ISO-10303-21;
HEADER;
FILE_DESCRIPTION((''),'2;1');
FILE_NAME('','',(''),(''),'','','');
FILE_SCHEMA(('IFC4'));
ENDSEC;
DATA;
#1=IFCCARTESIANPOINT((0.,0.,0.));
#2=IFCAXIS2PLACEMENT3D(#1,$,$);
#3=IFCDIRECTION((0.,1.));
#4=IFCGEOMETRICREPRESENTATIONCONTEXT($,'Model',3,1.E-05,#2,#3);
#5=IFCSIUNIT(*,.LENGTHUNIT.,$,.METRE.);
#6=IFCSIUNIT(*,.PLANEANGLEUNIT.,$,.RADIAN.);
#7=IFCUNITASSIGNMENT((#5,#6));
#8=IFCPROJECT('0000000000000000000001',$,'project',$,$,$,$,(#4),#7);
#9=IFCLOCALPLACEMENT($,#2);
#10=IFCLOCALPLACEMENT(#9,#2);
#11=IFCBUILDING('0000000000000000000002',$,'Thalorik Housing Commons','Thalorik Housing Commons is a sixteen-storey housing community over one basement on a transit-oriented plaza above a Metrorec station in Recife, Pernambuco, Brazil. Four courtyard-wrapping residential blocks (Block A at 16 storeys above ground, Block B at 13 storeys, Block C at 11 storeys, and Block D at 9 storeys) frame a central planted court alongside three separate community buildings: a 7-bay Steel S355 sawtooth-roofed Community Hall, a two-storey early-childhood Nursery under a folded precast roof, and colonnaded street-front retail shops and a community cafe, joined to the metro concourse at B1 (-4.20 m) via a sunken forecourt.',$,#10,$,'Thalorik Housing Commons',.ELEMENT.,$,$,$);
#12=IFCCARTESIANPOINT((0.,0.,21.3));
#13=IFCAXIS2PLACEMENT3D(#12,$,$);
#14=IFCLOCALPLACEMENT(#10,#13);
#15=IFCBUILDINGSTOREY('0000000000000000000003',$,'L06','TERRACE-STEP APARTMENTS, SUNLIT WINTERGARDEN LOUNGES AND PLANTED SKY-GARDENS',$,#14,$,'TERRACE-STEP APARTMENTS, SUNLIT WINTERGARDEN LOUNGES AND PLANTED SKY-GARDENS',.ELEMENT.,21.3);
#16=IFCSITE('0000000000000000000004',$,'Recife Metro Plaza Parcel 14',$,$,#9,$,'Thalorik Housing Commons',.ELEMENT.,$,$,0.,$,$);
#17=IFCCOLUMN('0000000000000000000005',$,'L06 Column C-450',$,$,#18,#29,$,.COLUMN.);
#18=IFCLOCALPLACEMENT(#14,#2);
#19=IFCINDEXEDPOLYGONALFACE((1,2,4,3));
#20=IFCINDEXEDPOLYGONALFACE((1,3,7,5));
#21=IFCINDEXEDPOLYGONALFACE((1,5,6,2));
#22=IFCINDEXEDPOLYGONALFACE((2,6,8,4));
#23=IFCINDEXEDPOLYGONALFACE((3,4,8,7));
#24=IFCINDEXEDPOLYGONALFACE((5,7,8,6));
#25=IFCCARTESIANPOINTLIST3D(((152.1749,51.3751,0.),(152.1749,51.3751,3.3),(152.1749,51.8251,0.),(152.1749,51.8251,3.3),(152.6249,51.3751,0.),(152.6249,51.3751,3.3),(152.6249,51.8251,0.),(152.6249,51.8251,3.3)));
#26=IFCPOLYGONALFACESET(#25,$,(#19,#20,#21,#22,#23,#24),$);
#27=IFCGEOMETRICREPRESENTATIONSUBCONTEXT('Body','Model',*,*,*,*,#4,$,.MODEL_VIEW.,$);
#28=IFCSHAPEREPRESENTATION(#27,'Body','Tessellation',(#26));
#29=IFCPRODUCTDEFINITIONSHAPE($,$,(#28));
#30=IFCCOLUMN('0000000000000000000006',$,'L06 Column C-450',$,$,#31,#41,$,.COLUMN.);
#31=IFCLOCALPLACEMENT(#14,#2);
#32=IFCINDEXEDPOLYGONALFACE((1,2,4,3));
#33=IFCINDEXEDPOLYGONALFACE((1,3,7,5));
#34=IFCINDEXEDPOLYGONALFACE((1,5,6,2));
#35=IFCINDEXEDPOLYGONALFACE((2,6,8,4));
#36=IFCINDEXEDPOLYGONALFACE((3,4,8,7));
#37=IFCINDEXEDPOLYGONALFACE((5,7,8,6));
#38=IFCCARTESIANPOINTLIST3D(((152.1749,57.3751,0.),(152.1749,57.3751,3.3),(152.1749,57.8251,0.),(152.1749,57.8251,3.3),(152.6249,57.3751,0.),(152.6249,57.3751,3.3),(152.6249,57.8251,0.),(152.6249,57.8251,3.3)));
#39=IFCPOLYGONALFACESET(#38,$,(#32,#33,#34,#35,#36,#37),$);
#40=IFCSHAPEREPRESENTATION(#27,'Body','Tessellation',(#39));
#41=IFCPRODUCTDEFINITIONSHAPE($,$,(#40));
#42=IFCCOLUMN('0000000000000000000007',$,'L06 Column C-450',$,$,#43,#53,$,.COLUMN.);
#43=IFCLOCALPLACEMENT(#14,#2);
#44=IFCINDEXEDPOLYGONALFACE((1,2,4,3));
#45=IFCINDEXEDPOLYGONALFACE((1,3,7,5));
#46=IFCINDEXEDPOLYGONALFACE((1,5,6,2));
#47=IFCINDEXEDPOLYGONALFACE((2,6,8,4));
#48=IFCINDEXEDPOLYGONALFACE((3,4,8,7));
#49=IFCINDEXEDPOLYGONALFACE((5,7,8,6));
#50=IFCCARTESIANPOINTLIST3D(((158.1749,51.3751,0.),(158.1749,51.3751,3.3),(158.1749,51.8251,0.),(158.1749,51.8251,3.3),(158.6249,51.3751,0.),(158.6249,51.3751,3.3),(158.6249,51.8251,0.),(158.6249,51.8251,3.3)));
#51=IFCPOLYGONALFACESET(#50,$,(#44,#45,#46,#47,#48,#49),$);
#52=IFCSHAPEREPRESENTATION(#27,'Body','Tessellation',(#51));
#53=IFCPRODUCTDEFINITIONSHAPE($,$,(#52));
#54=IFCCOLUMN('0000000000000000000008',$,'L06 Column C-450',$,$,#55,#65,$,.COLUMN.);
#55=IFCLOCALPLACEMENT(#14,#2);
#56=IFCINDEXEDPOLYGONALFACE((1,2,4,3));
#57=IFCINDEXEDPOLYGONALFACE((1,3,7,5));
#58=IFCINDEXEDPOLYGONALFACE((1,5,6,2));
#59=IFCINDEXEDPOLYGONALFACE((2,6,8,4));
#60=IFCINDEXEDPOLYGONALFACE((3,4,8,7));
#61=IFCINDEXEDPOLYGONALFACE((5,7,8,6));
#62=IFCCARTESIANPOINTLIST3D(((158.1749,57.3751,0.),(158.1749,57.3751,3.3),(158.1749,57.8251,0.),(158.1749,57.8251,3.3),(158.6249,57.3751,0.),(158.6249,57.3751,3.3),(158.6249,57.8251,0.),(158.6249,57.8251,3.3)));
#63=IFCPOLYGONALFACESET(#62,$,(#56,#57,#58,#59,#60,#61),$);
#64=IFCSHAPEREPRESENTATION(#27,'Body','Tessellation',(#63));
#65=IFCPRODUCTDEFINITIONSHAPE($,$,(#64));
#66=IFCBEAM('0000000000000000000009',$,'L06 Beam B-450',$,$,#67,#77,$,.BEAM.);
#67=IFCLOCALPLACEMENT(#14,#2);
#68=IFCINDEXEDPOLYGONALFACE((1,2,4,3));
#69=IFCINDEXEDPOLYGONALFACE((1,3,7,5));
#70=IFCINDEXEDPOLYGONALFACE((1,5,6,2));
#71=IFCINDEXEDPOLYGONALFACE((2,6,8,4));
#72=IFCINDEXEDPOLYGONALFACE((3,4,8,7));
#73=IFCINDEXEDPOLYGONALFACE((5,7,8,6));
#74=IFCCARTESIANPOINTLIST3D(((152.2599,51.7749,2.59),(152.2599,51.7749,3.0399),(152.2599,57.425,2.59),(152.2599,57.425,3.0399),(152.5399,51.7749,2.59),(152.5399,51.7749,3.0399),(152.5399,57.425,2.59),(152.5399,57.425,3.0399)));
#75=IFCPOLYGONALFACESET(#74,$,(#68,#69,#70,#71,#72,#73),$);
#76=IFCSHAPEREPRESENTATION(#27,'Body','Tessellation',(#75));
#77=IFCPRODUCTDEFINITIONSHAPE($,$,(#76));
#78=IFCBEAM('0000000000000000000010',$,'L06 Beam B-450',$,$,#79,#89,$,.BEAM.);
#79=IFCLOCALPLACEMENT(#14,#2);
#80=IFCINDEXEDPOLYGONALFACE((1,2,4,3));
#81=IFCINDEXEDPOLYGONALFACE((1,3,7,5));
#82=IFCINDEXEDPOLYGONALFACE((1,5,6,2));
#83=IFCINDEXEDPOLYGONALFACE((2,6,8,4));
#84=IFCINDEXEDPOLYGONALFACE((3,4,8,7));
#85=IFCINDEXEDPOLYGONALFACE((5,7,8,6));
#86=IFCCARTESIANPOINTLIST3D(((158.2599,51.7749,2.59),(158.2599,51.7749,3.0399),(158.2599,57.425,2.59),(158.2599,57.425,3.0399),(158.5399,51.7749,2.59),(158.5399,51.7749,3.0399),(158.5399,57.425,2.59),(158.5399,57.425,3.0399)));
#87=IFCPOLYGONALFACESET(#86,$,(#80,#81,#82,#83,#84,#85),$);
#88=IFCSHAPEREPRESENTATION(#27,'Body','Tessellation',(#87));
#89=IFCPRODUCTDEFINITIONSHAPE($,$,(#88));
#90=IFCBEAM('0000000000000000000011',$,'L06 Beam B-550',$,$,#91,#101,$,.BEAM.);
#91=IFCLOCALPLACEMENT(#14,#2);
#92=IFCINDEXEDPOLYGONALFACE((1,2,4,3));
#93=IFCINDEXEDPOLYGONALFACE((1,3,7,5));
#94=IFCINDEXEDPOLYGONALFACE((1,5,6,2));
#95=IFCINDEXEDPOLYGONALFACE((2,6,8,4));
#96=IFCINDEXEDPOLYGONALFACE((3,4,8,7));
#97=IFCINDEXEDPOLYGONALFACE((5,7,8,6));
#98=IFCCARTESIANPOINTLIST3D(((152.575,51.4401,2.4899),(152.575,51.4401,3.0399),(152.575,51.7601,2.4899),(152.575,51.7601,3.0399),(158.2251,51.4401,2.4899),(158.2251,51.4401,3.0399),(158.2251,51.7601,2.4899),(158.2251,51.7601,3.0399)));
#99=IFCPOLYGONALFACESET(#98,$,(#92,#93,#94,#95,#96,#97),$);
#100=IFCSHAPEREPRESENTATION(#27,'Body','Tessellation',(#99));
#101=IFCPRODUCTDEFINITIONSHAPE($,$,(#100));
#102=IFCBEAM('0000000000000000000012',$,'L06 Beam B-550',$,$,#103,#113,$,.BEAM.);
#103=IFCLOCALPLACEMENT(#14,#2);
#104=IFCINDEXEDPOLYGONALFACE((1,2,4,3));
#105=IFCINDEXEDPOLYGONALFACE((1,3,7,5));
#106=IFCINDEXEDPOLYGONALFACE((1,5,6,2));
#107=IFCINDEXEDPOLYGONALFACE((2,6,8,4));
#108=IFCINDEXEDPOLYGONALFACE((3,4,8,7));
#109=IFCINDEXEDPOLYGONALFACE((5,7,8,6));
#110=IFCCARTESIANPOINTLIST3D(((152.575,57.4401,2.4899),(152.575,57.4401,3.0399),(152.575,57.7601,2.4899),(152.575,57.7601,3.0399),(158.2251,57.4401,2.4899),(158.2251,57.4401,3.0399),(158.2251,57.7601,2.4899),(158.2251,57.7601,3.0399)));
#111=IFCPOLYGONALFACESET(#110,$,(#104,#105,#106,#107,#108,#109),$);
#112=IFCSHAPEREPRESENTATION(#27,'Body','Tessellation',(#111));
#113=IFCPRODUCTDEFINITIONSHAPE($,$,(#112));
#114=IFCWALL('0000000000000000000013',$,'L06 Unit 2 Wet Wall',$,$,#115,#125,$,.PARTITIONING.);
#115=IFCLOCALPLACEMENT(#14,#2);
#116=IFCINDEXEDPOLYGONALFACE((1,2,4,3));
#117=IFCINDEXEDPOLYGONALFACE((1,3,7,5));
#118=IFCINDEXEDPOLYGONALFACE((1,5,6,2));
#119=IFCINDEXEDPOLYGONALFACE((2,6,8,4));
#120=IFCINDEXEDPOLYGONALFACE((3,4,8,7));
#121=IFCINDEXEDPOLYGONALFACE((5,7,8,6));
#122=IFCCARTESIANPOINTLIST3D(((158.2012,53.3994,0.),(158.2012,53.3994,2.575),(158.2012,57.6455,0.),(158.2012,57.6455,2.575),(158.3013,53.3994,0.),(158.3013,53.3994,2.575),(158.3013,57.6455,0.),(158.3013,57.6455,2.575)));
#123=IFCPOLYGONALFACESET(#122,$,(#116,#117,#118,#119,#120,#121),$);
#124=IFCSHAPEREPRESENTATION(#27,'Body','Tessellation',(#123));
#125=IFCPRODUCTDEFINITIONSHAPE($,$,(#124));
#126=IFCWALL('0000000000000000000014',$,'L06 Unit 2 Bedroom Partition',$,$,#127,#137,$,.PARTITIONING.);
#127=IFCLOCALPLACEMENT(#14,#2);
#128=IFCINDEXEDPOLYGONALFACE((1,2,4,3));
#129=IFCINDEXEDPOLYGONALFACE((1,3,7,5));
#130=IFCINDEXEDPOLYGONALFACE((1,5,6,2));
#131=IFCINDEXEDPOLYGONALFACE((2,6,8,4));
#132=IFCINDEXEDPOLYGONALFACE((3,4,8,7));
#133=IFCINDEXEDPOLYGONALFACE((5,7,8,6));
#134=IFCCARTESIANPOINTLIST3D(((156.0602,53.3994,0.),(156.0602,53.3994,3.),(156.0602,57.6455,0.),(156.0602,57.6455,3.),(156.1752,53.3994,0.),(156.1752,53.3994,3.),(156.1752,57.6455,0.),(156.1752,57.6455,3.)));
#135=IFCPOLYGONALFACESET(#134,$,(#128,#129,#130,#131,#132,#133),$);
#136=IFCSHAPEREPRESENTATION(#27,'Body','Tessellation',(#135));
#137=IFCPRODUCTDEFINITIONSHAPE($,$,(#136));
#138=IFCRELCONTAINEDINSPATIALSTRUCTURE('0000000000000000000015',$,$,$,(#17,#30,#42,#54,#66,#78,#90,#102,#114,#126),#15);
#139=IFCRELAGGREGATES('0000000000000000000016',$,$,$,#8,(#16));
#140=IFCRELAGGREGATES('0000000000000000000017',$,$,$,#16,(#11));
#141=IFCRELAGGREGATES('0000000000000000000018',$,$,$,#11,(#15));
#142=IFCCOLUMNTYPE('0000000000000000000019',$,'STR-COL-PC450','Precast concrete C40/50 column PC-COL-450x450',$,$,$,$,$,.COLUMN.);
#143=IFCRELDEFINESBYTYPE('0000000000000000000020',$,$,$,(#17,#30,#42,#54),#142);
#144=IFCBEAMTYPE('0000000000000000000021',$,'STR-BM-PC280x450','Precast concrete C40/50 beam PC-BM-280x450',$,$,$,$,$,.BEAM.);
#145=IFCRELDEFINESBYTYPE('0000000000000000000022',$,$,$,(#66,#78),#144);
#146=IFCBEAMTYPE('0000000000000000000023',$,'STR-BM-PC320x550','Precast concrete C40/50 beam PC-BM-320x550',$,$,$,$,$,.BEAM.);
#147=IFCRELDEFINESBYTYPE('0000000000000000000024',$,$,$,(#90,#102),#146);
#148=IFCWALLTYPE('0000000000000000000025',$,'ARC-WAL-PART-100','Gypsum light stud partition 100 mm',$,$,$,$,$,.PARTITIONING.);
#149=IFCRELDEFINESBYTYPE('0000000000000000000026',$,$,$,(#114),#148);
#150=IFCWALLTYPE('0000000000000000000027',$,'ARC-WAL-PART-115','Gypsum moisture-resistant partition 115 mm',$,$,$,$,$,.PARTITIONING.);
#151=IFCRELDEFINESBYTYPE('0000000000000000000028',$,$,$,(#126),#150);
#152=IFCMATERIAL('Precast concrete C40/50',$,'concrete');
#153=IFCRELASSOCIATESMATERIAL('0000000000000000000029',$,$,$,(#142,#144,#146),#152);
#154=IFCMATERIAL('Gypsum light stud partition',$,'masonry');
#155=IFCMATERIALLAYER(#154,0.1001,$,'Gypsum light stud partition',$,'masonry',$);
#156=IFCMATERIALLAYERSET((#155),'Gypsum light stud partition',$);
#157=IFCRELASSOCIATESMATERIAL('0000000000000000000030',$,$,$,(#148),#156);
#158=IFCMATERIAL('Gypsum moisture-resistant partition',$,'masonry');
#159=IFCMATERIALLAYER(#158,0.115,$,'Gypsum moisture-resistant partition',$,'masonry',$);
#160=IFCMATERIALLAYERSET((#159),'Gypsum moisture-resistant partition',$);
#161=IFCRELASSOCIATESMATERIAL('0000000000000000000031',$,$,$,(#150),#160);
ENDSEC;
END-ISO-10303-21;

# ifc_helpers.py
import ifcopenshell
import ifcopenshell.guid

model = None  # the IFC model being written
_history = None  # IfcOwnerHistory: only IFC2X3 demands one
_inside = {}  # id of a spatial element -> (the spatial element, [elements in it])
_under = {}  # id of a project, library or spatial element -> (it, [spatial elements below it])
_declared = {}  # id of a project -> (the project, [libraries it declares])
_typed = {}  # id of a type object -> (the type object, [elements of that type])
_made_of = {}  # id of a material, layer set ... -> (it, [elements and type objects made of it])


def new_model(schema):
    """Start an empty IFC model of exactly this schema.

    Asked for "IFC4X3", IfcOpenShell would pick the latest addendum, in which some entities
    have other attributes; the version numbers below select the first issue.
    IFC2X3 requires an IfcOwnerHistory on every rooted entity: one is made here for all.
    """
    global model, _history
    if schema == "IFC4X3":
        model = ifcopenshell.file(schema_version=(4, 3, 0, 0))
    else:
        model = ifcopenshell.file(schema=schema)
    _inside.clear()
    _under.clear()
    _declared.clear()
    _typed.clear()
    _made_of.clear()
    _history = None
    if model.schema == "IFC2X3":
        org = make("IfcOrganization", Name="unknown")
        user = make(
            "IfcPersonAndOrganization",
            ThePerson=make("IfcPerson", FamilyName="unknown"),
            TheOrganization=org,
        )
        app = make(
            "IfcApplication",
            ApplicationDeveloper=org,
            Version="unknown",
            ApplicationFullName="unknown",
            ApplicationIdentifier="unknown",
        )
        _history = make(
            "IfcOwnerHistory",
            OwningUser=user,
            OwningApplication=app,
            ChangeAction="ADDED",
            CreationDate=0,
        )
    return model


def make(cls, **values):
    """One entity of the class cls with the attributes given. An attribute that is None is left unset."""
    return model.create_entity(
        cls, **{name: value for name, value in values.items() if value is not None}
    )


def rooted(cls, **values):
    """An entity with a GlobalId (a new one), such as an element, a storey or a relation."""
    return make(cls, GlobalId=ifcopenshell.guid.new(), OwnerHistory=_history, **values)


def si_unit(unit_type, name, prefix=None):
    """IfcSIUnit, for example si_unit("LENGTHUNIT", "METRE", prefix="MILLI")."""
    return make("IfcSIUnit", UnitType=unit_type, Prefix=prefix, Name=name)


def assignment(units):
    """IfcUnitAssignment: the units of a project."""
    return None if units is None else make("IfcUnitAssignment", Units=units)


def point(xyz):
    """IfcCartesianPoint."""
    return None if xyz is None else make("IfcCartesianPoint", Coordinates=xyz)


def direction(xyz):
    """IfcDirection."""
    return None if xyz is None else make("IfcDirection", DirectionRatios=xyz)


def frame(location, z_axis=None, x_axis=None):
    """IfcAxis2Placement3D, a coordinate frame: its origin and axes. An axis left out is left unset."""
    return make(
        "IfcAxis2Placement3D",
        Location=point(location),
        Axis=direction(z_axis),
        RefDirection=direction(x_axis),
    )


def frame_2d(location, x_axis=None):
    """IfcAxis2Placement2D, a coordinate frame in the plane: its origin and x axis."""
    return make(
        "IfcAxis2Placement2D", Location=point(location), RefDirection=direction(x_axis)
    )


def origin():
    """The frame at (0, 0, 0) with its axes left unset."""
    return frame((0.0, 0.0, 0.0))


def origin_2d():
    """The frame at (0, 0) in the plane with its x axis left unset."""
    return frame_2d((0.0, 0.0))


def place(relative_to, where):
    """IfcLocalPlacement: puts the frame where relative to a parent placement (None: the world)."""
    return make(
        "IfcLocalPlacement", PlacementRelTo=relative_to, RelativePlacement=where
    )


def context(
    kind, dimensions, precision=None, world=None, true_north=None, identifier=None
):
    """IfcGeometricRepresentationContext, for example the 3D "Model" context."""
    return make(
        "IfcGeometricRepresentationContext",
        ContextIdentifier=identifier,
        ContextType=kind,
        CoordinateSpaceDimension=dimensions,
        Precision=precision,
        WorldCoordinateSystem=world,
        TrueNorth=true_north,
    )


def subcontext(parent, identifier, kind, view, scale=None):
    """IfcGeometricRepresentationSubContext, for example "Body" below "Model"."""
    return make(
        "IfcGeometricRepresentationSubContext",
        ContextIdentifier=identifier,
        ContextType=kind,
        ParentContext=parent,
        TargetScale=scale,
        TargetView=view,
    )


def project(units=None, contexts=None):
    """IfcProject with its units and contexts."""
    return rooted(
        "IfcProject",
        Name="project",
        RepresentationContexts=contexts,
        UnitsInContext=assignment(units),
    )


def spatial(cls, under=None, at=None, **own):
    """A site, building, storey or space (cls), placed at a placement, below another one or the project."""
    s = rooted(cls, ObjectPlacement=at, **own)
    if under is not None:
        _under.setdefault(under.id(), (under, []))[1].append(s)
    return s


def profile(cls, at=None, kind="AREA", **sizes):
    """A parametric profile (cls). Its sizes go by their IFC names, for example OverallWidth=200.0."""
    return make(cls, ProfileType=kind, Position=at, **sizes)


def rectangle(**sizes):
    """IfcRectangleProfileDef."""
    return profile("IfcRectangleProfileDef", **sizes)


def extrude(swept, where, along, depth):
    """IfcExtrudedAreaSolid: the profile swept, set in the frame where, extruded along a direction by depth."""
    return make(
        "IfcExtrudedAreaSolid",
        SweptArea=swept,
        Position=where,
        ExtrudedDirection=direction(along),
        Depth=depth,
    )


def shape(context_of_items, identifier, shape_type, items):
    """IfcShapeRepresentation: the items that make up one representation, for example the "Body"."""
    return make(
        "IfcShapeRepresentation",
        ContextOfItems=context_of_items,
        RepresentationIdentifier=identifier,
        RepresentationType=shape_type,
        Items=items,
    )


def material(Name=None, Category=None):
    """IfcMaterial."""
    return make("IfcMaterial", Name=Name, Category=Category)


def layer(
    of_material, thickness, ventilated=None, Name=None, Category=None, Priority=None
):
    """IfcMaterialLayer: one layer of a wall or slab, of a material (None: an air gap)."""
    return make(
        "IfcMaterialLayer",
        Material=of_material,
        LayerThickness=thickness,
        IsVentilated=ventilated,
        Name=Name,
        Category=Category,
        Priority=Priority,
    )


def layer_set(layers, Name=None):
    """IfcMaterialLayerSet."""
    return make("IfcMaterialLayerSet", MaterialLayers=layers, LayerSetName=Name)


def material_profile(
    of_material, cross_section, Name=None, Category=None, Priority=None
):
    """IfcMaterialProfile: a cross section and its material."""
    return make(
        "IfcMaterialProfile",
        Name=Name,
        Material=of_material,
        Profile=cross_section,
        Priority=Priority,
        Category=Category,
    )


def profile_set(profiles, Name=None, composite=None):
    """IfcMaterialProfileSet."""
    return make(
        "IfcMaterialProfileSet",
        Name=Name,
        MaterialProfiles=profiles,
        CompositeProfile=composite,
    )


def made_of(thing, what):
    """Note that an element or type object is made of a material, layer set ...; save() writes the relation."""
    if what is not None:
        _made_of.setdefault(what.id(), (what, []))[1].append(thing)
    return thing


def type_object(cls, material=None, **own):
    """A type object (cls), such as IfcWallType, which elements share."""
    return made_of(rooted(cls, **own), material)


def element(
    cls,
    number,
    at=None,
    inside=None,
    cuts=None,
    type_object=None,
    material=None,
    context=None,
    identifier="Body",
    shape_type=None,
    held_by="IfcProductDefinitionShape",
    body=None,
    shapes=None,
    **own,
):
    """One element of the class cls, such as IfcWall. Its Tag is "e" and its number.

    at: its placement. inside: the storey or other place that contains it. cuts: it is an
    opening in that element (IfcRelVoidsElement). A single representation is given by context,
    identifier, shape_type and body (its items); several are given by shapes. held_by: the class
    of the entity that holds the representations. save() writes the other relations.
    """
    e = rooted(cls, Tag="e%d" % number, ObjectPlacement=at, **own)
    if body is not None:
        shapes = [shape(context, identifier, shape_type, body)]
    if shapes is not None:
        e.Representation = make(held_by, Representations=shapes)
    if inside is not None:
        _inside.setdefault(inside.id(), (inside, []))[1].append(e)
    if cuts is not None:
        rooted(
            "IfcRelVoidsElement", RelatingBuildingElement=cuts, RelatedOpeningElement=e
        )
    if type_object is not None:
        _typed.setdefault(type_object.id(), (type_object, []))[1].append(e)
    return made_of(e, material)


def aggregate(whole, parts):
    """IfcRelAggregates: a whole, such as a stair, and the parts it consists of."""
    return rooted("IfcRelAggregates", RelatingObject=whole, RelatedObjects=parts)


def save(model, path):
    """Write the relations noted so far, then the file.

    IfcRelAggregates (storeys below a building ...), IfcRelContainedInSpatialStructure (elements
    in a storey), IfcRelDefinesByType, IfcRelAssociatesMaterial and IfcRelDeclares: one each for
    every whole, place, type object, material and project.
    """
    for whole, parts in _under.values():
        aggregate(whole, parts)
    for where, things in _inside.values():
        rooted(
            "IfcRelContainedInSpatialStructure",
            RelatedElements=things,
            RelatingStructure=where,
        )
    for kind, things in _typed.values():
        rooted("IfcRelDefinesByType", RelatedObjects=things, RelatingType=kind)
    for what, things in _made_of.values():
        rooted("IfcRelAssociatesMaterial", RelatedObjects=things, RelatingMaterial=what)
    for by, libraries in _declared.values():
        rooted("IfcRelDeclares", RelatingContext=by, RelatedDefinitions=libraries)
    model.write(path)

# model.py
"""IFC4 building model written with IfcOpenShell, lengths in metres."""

from ifc_helpers import new_model, si_unit, direction, frame, frame_2d, origin, origin_2d, place, context, subcontext, project, spatial, rectangle, extrude, material, layer, layer_set, material_profile, profile_set, type_object, element, save


model = new_model("IFC4")

# Units and contexts
model_context = context("Model", 3, precision=1e-05, world=origin(), true_north=direction((0.0, 1.0)))
body_context = subcontext(model_context, "Body", "Model", "MODEL_VIEW")
ifc_project = project(units=[si_unit("LENGTHUNIT", "METRE"), si_unit("PLANEANGLEUNIT", "RADIAN")], contexts=[model_context])

# Site, building, storey
site_placement = place(None, origin())
site = spatial("IfcSite", under=ifc_project, at=site_placement, Name="Recife Metro Plaza Parcel 14", LongName="Thalorik Housing Commons", CompositionType="ELEMENT", RefElevation=0.0)
building_placement = place(site_placement, origin())
building = spatial("IfcBuilding", under=site, at=building_placement, Name="Thalorik Housing Commons", Description="Thalorik Housing Commons is a sixteen-storey housing community over one basement on a transit-oriented plaza above a Metrorec station in Recife, Pernambuco, Brazil. Four courtyard-wrapping residential blocks (Block A at 16 storeys above ground, Block B at 13 storeys, Block C at 11 storeys, and Block D at 9 storeys) frame a central planted court alongside three separate community buildings: a 7-bay Steel S355 sawtooth-roofed Community Hall, a two-storey early-childhood Nursery under a folded precast roof, and colonnaded street-front retail shops and a community cafe, joined to the metro concourse at B1 (-4.20 m) via a sunken forecourt.", LongName="Thalorik Housing Commons", CompositionType="ELEMENT")
storey_placement = place(building_placement, frame((0.0, 0.0, 21.3)))
storey = spatial("IfcBuildingStorey", under=building, at=storey_placement, Name="L06", Description="TERRACE-STEP APARTMENTS, SUNLIT WINTERGARDEN LOUNGES AND PLANTED SKY-GARDENS", LongName="TERRACE-STEP APARTMENTS, SUNLIT WINTERGARDEN LOUNGES AND PLANTED SKY-GARDENS", CompositionType="ELEMENT", Elevation=21.3)

# Columns
ifc_material_1 = material(Name="Precast concrete C40/50", Category="concrete")
ifc_material_profile_1 = material_profile(ifc_material_1, rectangle(XDim=0.45, YDim=0.45, at=origin_2d()), Name="PC 450x450", Category="concrete")
ifc_profile_set_1 = profile_set([ifc_material_profile_1], Name="Precast concrete C40/50")
column_type = type_object("IfcColumnType", Name="STR-COL-PC450", Description="Precast concrete C40/50 column PC-COL-450x450", PredefinedType="COLUMN", material=ifc_profile_set_1)
for number, where, z_axis, x_axis, name in (
    (1, (152.3999, 51.6001, 0.0), (0.0, 0.0, 1.0), (1.0, 0.0, 0.0), "L06 Column C-450"),
    (2, (152.3999, 57.6001, 0.0), (0.0, 0.0, 1.0), (1.0, 0.0, 0.0), "L06 Column C-450"),
    (3, (158.3999, 51.6001, 0.0), (0.0, 0.0, 1.0), (1.0, 0.0, 0.0), "L06 Column C-450"),
    (4, (158.3999, 57.6001, 0.0), (0.0, 0.0, 1.0), (1.0, 0.0, 0.0), "L06 Column C-450"),
):
    element("IfcColumn", number, at=place(storey_placement, frame(where, z_axis=z_axis, x_axis=x_axis)), inside=storey, type_object=column_type, Name=name, PredefinedType="COLUMN", context=body_context, shape_type="SweptSolid", body=[
        extrude(rectangle(XDim=0.45, YDim=0.45, at=origin_2d()), origin(), (0.0, 0.0, 1.0), 3.3),
    ])

# Beams
ifc_material_profile_2 = material_profile(ifc_material_1, rectangle(XDim=0.28, YDim=0.45, at=origin_2d()), Name="PC 280x450", Category="concrete")
ifc_profile_set_2 = profile_set([ifc_material_profile_2], Name="Precast concrete C40/50")
beam_type_1 = type_object("IfcBeamType", Name="STR-BM-PC280x450", Description="Precast concrete C40/50 beam PC-BM-280x450", PredefinedType="BEAM", material=ifc_profile_set_2)
for number, where, z_axis, x_axis, name in (
    (5, (152.3999, 51.7749, 2.8149), (0.0, 1.0, 0.0), (-1.0, 0.0, 0.0), "L06 Beam B-450"),
    (6, (158.3999, 51.7749, 2.8149), (0.0, 1.0, 0.0), (-1.0, 0.0, 0.0), "L06 Beam B-450"),
):
    element("IfcBeam", number, at=place(storey_placement, frame(where, z_axis=z_axis, x_axis=x_axis)), inside=storey, type_object=beam_type_1, Name=name, PredefinedType="BEAM", context=body_context, shape_type="SweptSolid", body=[
        extrude(rectangle(XDim=0.28, YDim=0.45, at=origin_2d()), origin(), (0.0, 0.0, 1.0), 5.6501),
    ])
ifc_material_profile_3 = material_profile(ifc_material_1, rectangle(XDim=0.3201, YDim=0.55, at=origin_2d()), Name="PC 320x550", Category="concrete")
ifc_profile_set_3 = profile_set([ifc_material_profile_3], Name="Precast concrete C40/50")
beam_type_2 = type_object("IfcBeamType", Name="STR-BM-PC320x550", Description="Precast concrete C40/50 beam PC-BM-320x550", PredefinedType="BEAM", material=ifc_profile_set_3)
for number, where, z_axis, x_axis, name in (
    (7, (152.575, 51.6001, 2.7649), (1.0, 0.0, 0.0), (0.0, 1.0, 0.0), "L06 Beam B-550"),
    (8, (152.575, 57.6001, 2.7649), (1.0, 0.0, 0.0), (0.0, 1.0, 0.0), "L06 Beam B-550"),
):
    element("IfcBeam", number, at=place(storey_placement, frame(where, z_axis=z_axis, x_axis=x_axis)), inside=storey, type_object=beam_type_2, Name=name, PredefinedType="BEAM", context=body_context, shape_type="SweptSolid", body=[
        extrude(rectangle(XDim=0.3201, YDim=0.55, at=origin_2d()), origin(), (0.0, 0.0, 1.0), 5.6501),
    ])

# Walls
ifc_material_2 = material(Name="Gypsum light stud partition", Category="masonry")
ifc_layer_1 = layer(ifc_material_2, 0.1001, Name="Gypsum light stud partition", Category="masonry")
ifc_layer_set_1 = layer_set([ifc_layer_1], Name="Gypsum light stud partition")
wall_type_1 = type_object("IfcWallType", Name="ARC-WAL-PART-100", Description="Gypsum light stud partition 100 mm", PredefinedType="PARTITIONING", material=ifc_layer_set_1)
wall_1_placement = place(storey_placement, frame((158.2512, 53.3994, 0.0), z_axis=(0.0, 0.0, 1.0), x_axis=(0.0, 1.0, 0.0)))
element("IfcWall", 9, at=wall_1_placement, inside=storey, type_object=wall_type_1, Name="L06 Unit 2 Wet Wall", PredefinedType="PARTITIONING", context=body_context, shape_type="SweptSolid", body=[
    extrude(rectangle(XDim=4.2461, YDim=0.1001, at=frame_2d((2.123, 0.0))), origin(), (0.0, 0.0, 1.0), 2.575),
])
ifc_material_3 = material(Name="Gypsum moisture-resistant partition", Category="masonry")
ifc_layer_2 = layer(ifc_material_3, 0.115, Name="Gypsum moisture-resistant partition", Category="masonry")
ifc_layer_set_2 = layer_set([ifc_layer_2], Name="Gypsum moisture-resistant partition")
wall_type_2 = type_object("IfcWallType", Name="ARC-WAL-PART-115", Description="Gypsum moisture-resistant partition 115 mm", PredefinedType="PARTITIONING", material=ifc_layer_set_2)
wall_2_placement = place(storey_placement, frame((156.1177, 53.3994, 0.0), z_axis=(0.0, 0.0, 1.0), x_axis=(0.0, 1.0, 0.0)))
element("IfcWall", 10, at=wall_2_placement, inside=storey, type_object=wall_type_2, Name="L06 Unit 2 Bedroom Partition", PredefinedType="PARTITIONING", context=body_context, shape_type="SweptSolid", body=[
    extrude(rectangle(XDim=4.2461, YDim=0.115, at=frame_2d((2.123, 0.0))), origin(), (0.0, 0.0, 1.0), 3.0),
])

save(model, "model.ifc")
